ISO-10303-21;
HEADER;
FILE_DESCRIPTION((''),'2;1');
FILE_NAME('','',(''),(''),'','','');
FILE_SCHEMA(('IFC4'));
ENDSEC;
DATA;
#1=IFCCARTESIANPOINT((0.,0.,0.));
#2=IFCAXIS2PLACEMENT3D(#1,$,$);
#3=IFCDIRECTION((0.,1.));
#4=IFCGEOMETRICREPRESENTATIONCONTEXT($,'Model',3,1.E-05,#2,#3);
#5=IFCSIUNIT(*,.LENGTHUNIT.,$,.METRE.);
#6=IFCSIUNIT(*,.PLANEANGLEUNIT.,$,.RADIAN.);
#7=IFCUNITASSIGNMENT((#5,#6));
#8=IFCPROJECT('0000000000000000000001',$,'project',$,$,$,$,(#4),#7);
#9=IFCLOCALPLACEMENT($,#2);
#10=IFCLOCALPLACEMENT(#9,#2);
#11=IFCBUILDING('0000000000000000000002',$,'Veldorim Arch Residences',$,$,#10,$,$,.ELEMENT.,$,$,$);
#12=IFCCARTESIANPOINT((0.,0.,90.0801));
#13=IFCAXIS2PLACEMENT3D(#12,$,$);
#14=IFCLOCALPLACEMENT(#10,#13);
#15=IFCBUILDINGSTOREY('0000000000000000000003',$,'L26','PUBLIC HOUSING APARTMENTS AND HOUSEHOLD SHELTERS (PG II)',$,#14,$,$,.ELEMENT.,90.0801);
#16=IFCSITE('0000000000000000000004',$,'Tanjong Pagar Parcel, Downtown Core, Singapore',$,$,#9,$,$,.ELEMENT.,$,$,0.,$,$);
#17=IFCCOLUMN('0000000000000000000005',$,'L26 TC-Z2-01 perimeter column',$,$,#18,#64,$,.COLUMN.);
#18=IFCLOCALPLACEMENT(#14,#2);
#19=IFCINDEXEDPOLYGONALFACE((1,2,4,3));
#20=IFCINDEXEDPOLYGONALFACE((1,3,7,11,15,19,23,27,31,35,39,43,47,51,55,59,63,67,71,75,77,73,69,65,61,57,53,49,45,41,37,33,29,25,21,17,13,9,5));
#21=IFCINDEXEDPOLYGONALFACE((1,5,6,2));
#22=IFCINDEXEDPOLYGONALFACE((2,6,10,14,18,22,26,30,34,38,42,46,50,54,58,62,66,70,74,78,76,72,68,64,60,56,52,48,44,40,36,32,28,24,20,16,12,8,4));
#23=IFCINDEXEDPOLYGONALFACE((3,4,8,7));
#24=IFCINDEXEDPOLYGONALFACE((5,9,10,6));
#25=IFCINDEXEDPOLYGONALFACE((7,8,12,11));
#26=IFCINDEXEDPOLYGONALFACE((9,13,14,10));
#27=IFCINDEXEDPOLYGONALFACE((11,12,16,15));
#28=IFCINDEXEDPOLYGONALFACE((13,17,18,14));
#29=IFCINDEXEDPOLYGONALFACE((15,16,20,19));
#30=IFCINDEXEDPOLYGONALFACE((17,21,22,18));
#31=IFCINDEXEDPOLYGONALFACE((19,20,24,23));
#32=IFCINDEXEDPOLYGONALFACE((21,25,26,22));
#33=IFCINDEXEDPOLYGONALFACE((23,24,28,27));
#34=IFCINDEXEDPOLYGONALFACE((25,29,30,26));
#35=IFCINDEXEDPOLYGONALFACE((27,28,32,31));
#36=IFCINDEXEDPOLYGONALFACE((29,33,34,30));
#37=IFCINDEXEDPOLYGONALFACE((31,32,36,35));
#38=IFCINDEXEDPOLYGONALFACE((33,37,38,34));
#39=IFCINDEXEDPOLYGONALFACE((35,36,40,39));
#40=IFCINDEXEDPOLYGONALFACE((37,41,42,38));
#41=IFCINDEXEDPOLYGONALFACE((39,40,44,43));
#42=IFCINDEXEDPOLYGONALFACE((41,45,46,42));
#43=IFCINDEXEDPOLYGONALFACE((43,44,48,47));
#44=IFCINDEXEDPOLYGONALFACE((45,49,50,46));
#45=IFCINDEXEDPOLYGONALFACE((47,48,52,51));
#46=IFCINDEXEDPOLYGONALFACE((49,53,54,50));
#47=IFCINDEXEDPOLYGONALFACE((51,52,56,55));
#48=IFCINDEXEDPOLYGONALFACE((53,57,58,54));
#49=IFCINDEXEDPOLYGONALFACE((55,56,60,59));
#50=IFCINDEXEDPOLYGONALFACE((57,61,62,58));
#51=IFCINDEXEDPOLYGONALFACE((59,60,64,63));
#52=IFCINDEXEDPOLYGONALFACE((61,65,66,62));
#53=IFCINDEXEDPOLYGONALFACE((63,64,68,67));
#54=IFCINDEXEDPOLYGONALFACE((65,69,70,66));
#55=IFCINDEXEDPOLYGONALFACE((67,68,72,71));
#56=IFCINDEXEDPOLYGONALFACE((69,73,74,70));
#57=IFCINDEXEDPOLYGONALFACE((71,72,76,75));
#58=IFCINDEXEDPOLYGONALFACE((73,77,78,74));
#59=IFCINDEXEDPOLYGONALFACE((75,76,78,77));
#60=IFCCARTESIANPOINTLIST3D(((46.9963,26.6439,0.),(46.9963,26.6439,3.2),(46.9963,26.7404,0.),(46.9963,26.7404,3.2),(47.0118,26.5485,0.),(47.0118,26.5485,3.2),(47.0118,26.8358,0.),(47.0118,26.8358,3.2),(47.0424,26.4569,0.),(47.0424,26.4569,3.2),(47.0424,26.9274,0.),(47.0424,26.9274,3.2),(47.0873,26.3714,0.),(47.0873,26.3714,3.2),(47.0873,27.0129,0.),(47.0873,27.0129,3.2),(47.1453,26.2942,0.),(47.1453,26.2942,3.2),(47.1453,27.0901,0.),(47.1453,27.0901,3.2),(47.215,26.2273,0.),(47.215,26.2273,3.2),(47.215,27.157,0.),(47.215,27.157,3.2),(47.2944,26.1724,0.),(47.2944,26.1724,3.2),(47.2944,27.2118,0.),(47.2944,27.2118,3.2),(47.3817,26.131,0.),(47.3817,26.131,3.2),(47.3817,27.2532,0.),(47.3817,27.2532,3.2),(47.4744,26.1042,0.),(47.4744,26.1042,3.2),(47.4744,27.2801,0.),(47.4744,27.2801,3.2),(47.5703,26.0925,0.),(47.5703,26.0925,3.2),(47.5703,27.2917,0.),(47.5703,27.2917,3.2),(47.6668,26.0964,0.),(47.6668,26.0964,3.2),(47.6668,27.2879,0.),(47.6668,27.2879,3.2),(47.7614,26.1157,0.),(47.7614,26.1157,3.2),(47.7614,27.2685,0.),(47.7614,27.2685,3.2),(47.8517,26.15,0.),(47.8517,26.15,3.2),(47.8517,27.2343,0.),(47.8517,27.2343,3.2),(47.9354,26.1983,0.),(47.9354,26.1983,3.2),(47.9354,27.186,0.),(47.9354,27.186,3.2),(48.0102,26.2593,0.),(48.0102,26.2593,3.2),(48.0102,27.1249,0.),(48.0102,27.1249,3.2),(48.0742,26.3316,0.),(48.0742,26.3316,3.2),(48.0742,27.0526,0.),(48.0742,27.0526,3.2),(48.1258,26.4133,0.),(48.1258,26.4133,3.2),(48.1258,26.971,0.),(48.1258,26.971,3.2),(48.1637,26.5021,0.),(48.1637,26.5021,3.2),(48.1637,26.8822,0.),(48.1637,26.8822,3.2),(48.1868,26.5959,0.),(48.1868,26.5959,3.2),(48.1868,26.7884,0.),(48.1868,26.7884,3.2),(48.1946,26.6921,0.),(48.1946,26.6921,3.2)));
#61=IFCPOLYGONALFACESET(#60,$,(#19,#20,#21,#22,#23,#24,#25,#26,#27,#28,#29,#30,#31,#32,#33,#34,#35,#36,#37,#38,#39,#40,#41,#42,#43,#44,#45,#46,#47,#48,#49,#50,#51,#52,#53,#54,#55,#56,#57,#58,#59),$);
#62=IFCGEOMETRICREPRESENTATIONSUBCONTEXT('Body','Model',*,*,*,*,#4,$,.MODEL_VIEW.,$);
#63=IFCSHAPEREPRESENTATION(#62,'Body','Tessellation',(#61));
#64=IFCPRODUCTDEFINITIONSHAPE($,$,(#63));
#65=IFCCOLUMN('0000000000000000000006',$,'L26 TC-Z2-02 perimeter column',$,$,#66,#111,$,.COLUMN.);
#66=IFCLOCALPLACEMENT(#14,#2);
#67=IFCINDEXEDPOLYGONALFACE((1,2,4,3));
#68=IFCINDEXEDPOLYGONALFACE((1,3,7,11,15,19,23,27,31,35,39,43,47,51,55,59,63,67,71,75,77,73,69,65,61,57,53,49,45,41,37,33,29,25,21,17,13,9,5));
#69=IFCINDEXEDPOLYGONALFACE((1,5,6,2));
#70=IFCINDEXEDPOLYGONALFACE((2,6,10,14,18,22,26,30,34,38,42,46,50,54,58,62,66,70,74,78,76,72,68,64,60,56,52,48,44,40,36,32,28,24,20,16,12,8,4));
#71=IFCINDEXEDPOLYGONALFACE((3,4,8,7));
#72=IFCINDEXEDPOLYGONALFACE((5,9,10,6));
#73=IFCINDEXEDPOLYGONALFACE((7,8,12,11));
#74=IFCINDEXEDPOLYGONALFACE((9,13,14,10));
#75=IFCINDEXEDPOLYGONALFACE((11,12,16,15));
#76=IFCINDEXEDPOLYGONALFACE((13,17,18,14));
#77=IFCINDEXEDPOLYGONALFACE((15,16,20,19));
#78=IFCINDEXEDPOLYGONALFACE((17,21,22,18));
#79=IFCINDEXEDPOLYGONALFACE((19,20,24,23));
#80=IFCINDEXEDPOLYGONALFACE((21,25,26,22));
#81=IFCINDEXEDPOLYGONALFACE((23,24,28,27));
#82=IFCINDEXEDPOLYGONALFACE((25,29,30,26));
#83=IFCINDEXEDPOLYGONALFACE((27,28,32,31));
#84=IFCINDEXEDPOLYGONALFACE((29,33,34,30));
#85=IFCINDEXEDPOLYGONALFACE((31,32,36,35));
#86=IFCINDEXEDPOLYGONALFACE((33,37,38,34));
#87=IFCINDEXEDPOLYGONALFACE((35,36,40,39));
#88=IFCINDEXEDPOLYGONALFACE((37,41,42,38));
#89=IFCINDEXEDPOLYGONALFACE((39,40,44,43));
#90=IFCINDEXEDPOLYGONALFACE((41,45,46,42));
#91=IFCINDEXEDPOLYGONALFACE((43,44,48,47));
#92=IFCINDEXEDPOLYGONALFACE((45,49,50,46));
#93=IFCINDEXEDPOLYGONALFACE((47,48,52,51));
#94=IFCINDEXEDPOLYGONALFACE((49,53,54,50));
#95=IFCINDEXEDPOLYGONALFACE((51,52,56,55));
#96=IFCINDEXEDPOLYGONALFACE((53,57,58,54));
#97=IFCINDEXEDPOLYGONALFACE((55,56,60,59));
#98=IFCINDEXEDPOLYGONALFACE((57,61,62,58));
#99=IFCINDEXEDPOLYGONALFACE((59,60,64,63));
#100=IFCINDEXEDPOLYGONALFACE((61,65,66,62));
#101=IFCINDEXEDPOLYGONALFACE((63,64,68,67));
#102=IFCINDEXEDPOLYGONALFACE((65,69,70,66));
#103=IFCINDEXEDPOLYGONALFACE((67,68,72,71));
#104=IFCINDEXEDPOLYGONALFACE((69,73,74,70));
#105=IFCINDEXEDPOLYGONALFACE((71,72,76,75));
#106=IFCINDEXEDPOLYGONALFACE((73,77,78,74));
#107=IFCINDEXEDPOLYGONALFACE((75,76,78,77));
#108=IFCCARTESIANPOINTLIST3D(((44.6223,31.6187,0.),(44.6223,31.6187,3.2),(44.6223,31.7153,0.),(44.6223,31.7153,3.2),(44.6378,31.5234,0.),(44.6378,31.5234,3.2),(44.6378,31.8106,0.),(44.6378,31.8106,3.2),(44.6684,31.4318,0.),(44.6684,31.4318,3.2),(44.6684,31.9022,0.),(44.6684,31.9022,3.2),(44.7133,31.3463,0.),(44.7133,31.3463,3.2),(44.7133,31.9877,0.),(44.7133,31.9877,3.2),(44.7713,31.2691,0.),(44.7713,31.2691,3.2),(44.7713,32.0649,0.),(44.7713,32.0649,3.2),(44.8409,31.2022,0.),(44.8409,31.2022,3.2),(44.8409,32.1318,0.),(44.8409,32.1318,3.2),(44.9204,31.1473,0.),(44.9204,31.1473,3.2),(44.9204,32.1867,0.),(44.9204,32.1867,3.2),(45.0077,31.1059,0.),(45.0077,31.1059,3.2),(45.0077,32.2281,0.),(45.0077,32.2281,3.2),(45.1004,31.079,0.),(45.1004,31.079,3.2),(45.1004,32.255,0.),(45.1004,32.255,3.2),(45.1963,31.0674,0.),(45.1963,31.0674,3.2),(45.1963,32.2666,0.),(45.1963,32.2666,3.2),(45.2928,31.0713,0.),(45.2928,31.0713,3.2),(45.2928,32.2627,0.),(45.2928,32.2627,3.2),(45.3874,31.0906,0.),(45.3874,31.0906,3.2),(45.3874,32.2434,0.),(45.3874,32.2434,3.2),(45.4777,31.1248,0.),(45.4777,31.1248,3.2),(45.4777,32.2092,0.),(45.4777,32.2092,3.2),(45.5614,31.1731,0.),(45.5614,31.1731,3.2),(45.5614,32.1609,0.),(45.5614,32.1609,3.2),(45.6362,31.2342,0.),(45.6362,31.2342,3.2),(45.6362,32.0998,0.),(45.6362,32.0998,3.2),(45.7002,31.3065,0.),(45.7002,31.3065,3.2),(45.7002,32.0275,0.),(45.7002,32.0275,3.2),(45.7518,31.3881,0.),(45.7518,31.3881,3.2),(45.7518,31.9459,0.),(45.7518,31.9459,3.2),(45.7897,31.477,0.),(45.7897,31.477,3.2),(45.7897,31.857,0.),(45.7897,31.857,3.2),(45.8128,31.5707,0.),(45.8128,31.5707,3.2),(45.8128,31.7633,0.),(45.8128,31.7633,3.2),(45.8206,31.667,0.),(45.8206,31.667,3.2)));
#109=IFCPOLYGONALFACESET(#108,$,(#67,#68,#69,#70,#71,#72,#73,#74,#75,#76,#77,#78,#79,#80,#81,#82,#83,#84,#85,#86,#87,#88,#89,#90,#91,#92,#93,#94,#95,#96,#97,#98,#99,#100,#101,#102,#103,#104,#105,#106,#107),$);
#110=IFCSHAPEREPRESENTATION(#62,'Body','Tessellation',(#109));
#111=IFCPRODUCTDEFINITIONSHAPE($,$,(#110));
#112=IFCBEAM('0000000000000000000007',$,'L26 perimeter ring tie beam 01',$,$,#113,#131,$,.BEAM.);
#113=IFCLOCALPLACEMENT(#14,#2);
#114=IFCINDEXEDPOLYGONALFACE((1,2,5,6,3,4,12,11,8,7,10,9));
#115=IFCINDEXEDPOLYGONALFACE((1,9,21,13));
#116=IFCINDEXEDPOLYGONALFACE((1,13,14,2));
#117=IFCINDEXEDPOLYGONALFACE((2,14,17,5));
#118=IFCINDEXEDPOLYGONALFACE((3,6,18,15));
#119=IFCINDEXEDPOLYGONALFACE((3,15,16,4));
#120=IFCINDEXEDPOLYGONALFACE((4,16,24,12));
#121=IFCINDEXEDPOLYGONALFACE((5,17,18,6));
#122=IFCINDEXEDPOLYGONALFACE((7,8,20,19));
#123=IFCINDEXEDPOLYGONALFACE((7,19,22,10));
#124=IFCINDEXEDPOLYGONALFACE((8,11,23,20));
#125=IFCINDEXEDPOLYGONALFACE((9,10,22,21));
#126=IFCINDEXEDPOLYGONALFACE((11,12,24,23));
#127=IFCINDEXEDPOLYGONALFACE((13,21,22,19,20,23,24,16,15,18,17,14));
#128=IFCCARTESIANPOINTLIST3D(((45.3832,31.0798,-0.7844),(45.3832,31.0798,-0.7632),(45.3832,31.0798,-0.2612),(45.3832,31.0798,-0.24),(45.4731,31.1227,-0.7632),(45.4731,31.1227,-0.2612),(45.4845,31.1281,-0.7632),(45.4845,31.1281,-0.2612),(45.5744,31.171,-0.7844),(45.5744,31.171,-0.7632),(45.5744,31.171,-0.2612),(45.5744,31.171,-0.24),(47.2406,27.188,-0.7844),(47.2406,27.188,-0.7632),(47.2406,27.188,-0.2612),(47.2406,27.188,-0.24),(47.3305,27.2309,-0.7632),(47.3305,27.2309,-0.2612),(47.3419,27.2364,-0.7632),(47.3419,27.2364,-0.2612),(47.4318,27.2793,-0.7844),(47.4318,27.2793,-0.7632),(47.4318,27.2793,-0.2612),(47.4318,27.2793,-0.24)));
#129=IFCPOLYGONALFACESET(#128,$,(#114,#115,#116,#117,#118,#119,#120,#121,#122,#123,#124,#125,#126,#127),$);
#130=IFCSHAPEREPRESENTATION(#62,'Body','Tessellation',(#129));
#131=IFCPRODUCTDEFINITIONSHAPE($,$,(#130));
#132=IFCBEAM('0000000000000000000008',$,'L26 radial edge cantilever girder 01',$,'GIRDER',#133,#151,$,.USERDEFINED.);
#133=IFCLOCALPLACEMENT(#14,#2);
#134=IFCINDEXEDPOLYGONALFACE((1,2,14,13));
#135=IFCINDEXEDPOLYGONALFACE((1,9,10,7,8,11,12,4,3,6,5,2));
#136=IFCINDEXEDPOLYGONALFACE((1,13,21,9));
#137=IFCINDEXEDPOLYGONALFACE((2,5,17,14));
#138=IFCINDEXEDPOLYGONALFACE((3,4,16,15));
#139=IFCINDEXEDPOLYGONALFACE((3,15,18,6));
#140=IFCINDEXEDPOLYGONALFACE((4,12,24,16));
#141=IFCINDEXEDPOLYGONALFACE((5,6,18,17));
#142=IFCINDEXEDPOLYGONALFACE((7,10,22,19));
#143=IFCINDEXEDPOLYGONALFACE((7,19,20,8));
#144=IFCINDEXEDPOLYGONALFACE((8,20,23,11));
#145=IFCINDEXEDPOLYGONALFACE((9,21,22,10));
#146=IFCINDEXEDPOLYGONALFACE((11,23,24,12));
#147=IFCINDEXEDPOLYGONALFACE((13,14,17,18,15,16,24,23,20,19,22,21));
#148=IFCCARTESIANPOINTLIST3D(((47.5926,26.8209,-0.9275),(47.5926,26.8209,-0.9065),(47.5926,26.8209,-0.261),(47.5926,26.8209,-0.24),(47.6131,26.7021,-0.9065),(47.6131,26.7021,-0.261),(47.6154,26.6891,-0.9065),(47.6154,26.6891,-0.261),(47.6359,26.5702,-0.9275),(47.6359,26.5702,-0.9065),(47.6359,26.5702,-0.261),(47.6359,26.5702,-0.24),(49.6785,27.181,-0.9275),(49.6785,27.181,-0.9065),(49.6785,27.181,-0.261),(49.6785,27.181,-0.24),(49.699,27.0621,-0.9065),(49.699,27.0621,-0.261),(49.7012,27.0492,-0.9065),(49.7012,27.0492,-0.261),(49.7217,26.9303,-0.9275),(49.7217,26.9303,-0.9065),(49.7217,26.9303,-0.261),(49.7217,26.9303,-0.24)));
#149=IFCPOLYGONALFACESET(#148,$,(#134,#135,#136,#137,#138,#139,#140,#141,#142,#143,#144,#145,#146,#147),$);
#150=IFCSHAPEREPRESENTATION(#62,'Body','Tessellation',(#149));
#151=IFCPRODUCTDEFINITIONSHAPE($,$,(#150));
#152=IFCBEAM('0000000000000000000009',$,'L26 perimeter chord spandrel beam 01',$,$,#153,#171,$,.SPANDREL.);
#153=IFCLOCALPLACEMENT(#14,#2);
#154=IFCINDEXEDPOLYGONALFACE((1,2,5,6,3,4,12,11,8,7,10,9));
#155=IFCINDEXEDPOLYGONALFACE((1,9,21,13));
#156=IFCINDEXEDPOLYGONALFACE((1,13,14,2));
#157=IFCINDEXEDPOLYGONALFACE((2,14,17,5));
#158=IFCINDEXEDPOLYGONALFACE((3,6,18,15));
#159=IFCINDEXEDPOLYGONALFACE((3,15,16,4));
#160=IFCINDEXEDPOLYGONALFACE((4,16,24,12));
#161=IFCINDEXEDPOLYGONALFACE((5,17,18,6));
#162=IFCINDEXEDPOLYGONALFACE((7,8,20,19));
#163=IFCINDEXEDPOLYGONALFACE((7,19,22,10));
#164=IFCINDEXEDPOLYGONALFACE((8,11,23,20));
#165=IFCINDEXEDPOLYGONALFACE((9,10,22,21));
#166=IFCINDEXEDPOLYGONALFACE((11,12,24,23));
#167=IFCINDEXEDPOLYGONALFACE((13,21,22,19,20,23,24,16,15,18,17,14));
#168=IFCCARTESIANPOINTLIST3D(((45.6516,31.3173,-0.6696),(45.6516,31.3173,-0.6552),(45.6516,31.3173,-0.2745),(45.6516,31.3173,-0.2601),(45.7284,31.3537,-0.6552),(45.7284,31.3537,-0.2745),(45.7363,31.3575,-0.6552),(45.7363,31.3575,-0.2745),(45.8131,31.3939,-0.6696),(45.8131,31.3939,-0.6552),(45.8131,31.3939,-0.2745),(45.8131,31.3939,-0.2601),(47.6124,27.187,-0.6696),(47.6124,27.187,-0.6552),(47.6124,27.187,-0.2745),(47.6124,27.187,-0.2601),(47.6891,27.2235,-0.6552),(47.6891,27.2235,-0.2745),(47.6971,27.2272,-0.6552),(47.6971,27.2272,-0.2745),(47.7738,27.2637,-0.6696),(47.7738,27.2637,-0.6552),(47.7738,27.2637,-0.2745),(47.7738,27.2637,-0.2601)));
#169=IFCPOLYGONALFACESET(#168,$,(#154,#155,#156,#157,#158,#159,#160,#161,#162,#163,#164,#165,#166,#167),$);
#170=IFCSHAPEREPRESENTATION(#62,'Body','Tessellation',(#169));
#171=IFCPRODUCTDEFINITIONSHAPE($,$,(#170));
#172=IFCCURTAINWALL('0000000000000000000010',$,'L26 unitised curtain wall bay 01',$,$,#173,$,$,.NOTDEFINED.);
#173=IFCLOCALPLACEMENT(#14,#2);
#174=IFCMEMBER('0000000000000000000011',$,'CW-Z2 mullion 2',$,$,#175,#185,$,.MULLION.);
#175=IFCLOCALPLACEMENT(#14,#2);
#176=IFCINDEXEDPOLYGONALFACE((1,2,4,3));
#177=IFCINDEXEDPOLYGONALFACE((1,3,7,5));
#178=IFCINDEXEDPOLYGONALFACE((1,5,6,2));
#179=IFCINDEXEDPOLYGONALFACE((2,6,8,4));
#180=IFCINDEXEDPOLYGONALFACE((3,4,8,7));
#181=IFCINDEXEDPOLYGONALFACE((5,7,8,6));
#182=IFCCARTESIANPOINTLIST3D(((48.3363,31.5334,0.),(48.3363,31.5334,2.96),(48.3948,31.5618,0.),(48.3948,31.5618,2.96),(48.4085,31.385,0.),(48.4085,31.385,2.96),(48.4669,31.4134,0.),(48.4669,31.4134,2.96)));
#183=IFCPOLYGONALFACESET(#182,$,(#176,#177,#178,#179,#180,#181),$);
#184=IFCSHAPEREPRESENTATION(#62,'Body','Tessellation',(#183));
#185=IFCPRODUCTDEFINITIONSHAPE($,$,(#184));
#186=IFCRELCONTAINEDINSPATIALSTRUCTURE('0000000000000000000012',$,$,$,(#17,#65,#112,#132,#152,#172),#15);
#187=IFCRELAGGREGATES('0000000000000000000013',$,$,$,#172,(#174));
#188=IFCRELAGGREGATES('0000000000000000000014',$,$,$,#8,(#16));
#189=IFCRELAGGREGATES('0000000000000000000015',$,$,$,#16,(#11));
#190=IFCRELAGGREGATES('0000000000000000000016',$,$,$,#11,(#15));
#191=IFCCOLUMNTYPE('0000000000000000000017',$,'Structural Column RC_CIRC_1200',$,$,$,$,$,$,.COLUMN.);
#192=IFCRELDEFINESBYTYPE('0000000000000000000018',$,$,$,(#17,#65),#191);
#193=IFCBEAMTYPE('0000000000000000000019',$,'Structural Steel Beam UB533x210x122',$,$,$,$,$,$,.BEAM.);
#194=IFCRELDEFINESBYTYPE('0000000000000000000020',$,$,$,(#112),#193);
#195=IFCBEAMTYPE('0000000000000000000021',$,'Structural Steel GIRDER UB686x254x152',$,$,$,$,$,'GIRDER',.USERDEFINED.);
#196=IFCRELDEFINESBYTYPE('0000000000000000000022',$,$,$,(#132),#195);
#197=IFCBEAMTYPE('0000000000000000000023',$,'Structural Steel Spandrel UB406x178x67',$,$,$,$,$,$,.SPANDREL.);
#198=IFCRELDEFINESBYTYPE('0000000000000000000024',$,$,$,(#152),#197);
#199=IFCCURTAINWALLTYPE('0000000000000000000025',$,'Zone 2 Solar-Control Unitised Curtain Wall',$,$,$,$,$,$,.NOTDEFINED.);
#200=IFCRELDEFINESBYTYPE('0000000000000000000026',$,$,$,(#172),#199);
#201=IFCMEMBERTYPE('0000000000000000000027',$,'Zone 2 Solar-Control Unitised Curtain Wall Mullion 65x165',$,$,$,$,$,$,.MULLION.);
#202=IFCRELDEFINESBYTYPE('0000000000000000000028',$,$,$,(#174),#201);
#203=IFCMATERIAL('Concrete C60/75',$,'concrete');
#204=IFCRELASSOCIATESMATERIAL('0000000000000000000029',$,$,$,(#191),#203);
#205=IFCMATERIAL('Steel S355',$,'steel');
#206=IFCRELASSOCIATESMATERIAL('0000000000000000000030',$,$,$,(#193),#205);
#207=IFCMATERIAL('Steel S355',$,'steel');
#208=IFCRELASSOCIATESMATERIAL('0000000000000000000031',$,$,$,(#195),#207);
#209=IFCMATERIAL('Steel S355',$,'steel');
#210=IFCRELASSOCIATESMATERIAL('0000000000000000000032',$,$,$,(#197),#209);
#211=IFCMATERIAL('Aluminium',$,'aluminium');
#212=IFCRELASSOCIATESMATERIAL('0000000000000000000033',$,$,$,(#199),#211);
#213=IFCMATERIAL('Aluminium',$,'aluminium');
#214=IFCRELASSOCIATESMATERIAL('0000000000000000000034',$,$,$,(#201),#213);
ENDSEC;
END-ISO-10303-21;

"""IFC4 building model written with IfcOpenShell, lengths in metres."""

from ifc_helpers import new_model, si_unit, direction, frame, origin, origin_2d, place, context, subcontext, project, spatial, rectangle, circle, i_section, extrude, material, material_profile, profile_set, type_object, element, aggregate, save


model = new_model("IFC4")

# Units and contexts
model_context = context("Model", 3, precision=1e-05, world=origin(), true_north=direction((0.0, 1.0)))
body_context = subcontext(model_context, "Body", "Model", "MODEL_VIEW")
ifc_project = project(units=[si_unit("LENGTHUNIT", "METRE"), si_unit("PLANEANGLEUNIT", "RADIAN")], contexts=[model_context])

# Site, building, storey
site_placement = place(None, origin())
site = spatial("IfcSite", under=ifc_project, at=site_placement, Name="Tanjong Pagar Parcel, Downtown Core, Singapore", CompositionType="ELEMENT", RefElevation=0.0)
building_placement = place(site_placement, origin())
building = spatial("IfcBuilding", under=site, at=building_placement, Name="Veldorim Arch Residences", CompositionType="ELEMENT")
storey_placement = place(building_placement, frame((0.0, 0.0, 90.0801)))
storey = spatial("IfcBuildingStorey", under=building, at=storey_placement, Name="L26", Description="PUBLIC HOUSING APARTMENTS AND HOUSEHOLD SHELTERS (PG II)", CompositionType="ELEMENT", Elevation=90.0801)

# Columns
ifc_material_1 = material(Name="Concrete C60/75", Category="concrete")
ifc_material_profile_1 = material_profile(ifc_material_1, circle(Radius=0.6001, at=origin_2d()), Name="RC_CIRC_1200")
ifc_profile_set_1 = profile_set([ifc_material_profile_1], Name="Concrete C60/75")
column_type = type_object("IfcColumnType", Name="Structural Column RC_CIRC_1200", PredefinedType="COLUMN", material=ifc_profile_set_1)
for number, where, z_axis, x_axis, name in (
    (1, (47.5945, 26.6921, 0.0), (0.0, 0.0, 1.0), (1.0, 0.0, 0.0), "L26 TC-Z2-01 perimeter column"),
    (2, (45.2205, 31.667, 0.0), (0.0, 0.0, 1.0), (1.0, 0.0, 0.0), "L26 TC-Z2-02 perimeter column"),
):
    element("IfcColumn", number, at=place(storey_placement, frame(where, z_axis=z_axis, x_axis=x_axis)), inside=storey, type_object=column_type, Name=name, PredefinedType="COLUMN", context=body_context, shape_type="SweptSolid", body=[
        extrude(circle(Radius=0.6001, at=origin_2d()), origin(), (0.0, 0.0, 1.0), 3.2),
    ])

# Beams
ifc_material_2 = material(Name="Steel S355", Category="steel")
ifc_material_profile_2 = material_profile(ifc_material_2, i_section(OverallWidth=0.2119, OverallDepth=0.5444, WebThickness=0.0127, FlangeThickness=0.0212, at=origin_2d()), Name="UB533x210x122")
ifc_profile_set_2 = profile_set([ifc_material_profile_2], Name="Steel S355")
beam_type_1 = type_object("IfcBeamType", Name="Structural Steel Beam UB533x210x122", PredefinedType="BEAM", material=ifc_profile_set_2)
beam_1_placement = place(storey_placement, frame((47.3362, 27.2336, -0.5122), z_axis=(-0.43072, 0.902486, 0.0), x_axis=(-0.902486, -0.43072, 0.0)))
element("IfcBeam", 3, at=beam_1_placement, inside=storey, type_object=beam_type_1, Name="L26 perimeter ring tie beam 01", PredefinedType="BEAM", context=body_context, shape_type="SweptSolid", body=[
    extrude(i_section(OverallWidth=0.2119, OverallDepth=0.5444, WebThickness=0.0127, FlangeThickness=0.0212, at=origin_2d()), origin(), (0.0, 0.0, 1.0), 4.3123),
])
ifc_material_3 = material(Name="Steel S355", Category="steel")
ifc_material_profile_3 = material_profile(ifc_material_3, i_section(OverallWidth=0.2544, OverallDepth=0.6875, WebThickness=0.0132, FlangeThickness=0.021, at=origin_2d()), Name="UB686x254x152")
ifc_profile_set_3 = profile_set([ifc_material_profile_3], Name="Steel S355")
beam_type_2 = type_object("IfcBeamType", Name="Structural Steel GIRDER UB686x254x152", ElementType="GIRDER", PredefinedType="USERDEFINED", material=ifc_profile_set_3)
beam_2_placement = place(storey_placement, frame((47.6143, 26.6956, -0.5837), z_axis=(0.985423, 0.170119, 0.0), x_axis=(-0.170119, 0.985423, 0.0)))
element("IfcBeam", 4, at=beam_2_placement, inside=storey, type_object=beam_type_2, Name="L26 radial edge cantilever girder 01", ObjectType="GIRDER", PredefinedType="USERDEFINED", context=body_context, shape_type="SweptSolid", body=[
    extrude(i_section(OverallWidth=0.2544, OverallDepth=0.6875, WebThickness=0.0132, FlangeThickness=0.021, at=origin_2d()), origin(), (0.0, 0.0, 1.0), 2.1167),
])
ifc_material_4 = material(Name="Steel S355", Category="steel")
ifc_material_profile_4 = material_profile(ifc_material_4, i_section(OverallWidth=0.1787, OverallDepth=0.4094, WebThickness=0.0088, FlangeThickness=0.0144, at=origin_2d()), Name="UB406x178x67")
ifc_profile_set_4 = profile_set([ifc_material_profile_4], Name="Steel S355")
beam_type_3 = type_object("IfcBeamType", Name="Structural Steel Spandrel UB406x178x67", PredefinedType="SPANDREL", material=ifc_profile_set_4)
beam_3_placement = place(storey_placement, frame((47.6931, 27.2253, -0.4648), z_axis=(-0.428857, 0.903372, 0.0), x_axis=(-0.903372, -0.428857, 0.0)))
element("IfcBeam", 5, at=beam_3_placement, inside=storey, type_object=beam_type_3, Name="L26 perimeter chord spandrel beam 01", PredefinedType="SPANDREL", context=body_context, shape_type="SweptSolid", body=[
    extrude(i_section(OverallWidth=0.1787, OverallDepth=0.4094, WebThickness=0.0088, FlangeThickness=0.0144, at=origin_2d()), origin(), (0.0, 0.0, 1.0), 4.572),
])

# Curtain wall, member
ifc_material_5 = material(Name="Aluminium", Category="aluminium")
curtain_wall_type = type_object("IfcCurtainWallType", Name="Zone 2 Solar-Control Unitised Curtain Wall", PredefinedType="NOTDEFINED", material=ifc_material_5)
curtain_wall_1_placement = place(storey_placement, origin())
curtain_wall_1 = element("IfcCurtainWall", 6, at=curtain_wall_1_placement, inside=storey, type_object=curtain_wall_type, Name="L26 unitised curtain wall bay 01", PredefinedType="NOTDEFINED")
ifc_material_6 = material(Name="Aluminium", Category="aluminium")
ifc_material_profile_5 = material_profile(ifc_material_6, rectangle(XDim=0.0649, YDim=0.165, at=origin_2d()), Name="ALU_MUL_65x165")
ifc_profile_set_5 = profile_set([ifc_material_profile_5], Name="Aluminium")
member_type_1 = type_object("IfcMemberType", Name="Zone 2 Solar-Control Unitised Curtain Wall Mullion 65x165", PredefinedType="MULLION", material=ifc_profile_set_5)
member_1_placement = place(storey_placement, frame((48.4016, 31.4734, 0.0), z_axis=(0.0, 0.0, 1.0), x_axis=(0.899439, 0.437046, 0.0)))
member_1 = element("IfcMember", 7, at=member_1_placement, type_object=member_type_1, Name="CW-Z2 mullion 2", PredefinedType="MULLION", context=body_context, shape_type="SweptSolid", body=[
    extrude(rectangle(XDim=0.0649, YDim=0.165, at=origin_2d()), origin(), (0.0, 0.0, 1.0), 2.96),
])

aggregate(curtain_wall_1, [member_1])

save(model, "model.ifc")
